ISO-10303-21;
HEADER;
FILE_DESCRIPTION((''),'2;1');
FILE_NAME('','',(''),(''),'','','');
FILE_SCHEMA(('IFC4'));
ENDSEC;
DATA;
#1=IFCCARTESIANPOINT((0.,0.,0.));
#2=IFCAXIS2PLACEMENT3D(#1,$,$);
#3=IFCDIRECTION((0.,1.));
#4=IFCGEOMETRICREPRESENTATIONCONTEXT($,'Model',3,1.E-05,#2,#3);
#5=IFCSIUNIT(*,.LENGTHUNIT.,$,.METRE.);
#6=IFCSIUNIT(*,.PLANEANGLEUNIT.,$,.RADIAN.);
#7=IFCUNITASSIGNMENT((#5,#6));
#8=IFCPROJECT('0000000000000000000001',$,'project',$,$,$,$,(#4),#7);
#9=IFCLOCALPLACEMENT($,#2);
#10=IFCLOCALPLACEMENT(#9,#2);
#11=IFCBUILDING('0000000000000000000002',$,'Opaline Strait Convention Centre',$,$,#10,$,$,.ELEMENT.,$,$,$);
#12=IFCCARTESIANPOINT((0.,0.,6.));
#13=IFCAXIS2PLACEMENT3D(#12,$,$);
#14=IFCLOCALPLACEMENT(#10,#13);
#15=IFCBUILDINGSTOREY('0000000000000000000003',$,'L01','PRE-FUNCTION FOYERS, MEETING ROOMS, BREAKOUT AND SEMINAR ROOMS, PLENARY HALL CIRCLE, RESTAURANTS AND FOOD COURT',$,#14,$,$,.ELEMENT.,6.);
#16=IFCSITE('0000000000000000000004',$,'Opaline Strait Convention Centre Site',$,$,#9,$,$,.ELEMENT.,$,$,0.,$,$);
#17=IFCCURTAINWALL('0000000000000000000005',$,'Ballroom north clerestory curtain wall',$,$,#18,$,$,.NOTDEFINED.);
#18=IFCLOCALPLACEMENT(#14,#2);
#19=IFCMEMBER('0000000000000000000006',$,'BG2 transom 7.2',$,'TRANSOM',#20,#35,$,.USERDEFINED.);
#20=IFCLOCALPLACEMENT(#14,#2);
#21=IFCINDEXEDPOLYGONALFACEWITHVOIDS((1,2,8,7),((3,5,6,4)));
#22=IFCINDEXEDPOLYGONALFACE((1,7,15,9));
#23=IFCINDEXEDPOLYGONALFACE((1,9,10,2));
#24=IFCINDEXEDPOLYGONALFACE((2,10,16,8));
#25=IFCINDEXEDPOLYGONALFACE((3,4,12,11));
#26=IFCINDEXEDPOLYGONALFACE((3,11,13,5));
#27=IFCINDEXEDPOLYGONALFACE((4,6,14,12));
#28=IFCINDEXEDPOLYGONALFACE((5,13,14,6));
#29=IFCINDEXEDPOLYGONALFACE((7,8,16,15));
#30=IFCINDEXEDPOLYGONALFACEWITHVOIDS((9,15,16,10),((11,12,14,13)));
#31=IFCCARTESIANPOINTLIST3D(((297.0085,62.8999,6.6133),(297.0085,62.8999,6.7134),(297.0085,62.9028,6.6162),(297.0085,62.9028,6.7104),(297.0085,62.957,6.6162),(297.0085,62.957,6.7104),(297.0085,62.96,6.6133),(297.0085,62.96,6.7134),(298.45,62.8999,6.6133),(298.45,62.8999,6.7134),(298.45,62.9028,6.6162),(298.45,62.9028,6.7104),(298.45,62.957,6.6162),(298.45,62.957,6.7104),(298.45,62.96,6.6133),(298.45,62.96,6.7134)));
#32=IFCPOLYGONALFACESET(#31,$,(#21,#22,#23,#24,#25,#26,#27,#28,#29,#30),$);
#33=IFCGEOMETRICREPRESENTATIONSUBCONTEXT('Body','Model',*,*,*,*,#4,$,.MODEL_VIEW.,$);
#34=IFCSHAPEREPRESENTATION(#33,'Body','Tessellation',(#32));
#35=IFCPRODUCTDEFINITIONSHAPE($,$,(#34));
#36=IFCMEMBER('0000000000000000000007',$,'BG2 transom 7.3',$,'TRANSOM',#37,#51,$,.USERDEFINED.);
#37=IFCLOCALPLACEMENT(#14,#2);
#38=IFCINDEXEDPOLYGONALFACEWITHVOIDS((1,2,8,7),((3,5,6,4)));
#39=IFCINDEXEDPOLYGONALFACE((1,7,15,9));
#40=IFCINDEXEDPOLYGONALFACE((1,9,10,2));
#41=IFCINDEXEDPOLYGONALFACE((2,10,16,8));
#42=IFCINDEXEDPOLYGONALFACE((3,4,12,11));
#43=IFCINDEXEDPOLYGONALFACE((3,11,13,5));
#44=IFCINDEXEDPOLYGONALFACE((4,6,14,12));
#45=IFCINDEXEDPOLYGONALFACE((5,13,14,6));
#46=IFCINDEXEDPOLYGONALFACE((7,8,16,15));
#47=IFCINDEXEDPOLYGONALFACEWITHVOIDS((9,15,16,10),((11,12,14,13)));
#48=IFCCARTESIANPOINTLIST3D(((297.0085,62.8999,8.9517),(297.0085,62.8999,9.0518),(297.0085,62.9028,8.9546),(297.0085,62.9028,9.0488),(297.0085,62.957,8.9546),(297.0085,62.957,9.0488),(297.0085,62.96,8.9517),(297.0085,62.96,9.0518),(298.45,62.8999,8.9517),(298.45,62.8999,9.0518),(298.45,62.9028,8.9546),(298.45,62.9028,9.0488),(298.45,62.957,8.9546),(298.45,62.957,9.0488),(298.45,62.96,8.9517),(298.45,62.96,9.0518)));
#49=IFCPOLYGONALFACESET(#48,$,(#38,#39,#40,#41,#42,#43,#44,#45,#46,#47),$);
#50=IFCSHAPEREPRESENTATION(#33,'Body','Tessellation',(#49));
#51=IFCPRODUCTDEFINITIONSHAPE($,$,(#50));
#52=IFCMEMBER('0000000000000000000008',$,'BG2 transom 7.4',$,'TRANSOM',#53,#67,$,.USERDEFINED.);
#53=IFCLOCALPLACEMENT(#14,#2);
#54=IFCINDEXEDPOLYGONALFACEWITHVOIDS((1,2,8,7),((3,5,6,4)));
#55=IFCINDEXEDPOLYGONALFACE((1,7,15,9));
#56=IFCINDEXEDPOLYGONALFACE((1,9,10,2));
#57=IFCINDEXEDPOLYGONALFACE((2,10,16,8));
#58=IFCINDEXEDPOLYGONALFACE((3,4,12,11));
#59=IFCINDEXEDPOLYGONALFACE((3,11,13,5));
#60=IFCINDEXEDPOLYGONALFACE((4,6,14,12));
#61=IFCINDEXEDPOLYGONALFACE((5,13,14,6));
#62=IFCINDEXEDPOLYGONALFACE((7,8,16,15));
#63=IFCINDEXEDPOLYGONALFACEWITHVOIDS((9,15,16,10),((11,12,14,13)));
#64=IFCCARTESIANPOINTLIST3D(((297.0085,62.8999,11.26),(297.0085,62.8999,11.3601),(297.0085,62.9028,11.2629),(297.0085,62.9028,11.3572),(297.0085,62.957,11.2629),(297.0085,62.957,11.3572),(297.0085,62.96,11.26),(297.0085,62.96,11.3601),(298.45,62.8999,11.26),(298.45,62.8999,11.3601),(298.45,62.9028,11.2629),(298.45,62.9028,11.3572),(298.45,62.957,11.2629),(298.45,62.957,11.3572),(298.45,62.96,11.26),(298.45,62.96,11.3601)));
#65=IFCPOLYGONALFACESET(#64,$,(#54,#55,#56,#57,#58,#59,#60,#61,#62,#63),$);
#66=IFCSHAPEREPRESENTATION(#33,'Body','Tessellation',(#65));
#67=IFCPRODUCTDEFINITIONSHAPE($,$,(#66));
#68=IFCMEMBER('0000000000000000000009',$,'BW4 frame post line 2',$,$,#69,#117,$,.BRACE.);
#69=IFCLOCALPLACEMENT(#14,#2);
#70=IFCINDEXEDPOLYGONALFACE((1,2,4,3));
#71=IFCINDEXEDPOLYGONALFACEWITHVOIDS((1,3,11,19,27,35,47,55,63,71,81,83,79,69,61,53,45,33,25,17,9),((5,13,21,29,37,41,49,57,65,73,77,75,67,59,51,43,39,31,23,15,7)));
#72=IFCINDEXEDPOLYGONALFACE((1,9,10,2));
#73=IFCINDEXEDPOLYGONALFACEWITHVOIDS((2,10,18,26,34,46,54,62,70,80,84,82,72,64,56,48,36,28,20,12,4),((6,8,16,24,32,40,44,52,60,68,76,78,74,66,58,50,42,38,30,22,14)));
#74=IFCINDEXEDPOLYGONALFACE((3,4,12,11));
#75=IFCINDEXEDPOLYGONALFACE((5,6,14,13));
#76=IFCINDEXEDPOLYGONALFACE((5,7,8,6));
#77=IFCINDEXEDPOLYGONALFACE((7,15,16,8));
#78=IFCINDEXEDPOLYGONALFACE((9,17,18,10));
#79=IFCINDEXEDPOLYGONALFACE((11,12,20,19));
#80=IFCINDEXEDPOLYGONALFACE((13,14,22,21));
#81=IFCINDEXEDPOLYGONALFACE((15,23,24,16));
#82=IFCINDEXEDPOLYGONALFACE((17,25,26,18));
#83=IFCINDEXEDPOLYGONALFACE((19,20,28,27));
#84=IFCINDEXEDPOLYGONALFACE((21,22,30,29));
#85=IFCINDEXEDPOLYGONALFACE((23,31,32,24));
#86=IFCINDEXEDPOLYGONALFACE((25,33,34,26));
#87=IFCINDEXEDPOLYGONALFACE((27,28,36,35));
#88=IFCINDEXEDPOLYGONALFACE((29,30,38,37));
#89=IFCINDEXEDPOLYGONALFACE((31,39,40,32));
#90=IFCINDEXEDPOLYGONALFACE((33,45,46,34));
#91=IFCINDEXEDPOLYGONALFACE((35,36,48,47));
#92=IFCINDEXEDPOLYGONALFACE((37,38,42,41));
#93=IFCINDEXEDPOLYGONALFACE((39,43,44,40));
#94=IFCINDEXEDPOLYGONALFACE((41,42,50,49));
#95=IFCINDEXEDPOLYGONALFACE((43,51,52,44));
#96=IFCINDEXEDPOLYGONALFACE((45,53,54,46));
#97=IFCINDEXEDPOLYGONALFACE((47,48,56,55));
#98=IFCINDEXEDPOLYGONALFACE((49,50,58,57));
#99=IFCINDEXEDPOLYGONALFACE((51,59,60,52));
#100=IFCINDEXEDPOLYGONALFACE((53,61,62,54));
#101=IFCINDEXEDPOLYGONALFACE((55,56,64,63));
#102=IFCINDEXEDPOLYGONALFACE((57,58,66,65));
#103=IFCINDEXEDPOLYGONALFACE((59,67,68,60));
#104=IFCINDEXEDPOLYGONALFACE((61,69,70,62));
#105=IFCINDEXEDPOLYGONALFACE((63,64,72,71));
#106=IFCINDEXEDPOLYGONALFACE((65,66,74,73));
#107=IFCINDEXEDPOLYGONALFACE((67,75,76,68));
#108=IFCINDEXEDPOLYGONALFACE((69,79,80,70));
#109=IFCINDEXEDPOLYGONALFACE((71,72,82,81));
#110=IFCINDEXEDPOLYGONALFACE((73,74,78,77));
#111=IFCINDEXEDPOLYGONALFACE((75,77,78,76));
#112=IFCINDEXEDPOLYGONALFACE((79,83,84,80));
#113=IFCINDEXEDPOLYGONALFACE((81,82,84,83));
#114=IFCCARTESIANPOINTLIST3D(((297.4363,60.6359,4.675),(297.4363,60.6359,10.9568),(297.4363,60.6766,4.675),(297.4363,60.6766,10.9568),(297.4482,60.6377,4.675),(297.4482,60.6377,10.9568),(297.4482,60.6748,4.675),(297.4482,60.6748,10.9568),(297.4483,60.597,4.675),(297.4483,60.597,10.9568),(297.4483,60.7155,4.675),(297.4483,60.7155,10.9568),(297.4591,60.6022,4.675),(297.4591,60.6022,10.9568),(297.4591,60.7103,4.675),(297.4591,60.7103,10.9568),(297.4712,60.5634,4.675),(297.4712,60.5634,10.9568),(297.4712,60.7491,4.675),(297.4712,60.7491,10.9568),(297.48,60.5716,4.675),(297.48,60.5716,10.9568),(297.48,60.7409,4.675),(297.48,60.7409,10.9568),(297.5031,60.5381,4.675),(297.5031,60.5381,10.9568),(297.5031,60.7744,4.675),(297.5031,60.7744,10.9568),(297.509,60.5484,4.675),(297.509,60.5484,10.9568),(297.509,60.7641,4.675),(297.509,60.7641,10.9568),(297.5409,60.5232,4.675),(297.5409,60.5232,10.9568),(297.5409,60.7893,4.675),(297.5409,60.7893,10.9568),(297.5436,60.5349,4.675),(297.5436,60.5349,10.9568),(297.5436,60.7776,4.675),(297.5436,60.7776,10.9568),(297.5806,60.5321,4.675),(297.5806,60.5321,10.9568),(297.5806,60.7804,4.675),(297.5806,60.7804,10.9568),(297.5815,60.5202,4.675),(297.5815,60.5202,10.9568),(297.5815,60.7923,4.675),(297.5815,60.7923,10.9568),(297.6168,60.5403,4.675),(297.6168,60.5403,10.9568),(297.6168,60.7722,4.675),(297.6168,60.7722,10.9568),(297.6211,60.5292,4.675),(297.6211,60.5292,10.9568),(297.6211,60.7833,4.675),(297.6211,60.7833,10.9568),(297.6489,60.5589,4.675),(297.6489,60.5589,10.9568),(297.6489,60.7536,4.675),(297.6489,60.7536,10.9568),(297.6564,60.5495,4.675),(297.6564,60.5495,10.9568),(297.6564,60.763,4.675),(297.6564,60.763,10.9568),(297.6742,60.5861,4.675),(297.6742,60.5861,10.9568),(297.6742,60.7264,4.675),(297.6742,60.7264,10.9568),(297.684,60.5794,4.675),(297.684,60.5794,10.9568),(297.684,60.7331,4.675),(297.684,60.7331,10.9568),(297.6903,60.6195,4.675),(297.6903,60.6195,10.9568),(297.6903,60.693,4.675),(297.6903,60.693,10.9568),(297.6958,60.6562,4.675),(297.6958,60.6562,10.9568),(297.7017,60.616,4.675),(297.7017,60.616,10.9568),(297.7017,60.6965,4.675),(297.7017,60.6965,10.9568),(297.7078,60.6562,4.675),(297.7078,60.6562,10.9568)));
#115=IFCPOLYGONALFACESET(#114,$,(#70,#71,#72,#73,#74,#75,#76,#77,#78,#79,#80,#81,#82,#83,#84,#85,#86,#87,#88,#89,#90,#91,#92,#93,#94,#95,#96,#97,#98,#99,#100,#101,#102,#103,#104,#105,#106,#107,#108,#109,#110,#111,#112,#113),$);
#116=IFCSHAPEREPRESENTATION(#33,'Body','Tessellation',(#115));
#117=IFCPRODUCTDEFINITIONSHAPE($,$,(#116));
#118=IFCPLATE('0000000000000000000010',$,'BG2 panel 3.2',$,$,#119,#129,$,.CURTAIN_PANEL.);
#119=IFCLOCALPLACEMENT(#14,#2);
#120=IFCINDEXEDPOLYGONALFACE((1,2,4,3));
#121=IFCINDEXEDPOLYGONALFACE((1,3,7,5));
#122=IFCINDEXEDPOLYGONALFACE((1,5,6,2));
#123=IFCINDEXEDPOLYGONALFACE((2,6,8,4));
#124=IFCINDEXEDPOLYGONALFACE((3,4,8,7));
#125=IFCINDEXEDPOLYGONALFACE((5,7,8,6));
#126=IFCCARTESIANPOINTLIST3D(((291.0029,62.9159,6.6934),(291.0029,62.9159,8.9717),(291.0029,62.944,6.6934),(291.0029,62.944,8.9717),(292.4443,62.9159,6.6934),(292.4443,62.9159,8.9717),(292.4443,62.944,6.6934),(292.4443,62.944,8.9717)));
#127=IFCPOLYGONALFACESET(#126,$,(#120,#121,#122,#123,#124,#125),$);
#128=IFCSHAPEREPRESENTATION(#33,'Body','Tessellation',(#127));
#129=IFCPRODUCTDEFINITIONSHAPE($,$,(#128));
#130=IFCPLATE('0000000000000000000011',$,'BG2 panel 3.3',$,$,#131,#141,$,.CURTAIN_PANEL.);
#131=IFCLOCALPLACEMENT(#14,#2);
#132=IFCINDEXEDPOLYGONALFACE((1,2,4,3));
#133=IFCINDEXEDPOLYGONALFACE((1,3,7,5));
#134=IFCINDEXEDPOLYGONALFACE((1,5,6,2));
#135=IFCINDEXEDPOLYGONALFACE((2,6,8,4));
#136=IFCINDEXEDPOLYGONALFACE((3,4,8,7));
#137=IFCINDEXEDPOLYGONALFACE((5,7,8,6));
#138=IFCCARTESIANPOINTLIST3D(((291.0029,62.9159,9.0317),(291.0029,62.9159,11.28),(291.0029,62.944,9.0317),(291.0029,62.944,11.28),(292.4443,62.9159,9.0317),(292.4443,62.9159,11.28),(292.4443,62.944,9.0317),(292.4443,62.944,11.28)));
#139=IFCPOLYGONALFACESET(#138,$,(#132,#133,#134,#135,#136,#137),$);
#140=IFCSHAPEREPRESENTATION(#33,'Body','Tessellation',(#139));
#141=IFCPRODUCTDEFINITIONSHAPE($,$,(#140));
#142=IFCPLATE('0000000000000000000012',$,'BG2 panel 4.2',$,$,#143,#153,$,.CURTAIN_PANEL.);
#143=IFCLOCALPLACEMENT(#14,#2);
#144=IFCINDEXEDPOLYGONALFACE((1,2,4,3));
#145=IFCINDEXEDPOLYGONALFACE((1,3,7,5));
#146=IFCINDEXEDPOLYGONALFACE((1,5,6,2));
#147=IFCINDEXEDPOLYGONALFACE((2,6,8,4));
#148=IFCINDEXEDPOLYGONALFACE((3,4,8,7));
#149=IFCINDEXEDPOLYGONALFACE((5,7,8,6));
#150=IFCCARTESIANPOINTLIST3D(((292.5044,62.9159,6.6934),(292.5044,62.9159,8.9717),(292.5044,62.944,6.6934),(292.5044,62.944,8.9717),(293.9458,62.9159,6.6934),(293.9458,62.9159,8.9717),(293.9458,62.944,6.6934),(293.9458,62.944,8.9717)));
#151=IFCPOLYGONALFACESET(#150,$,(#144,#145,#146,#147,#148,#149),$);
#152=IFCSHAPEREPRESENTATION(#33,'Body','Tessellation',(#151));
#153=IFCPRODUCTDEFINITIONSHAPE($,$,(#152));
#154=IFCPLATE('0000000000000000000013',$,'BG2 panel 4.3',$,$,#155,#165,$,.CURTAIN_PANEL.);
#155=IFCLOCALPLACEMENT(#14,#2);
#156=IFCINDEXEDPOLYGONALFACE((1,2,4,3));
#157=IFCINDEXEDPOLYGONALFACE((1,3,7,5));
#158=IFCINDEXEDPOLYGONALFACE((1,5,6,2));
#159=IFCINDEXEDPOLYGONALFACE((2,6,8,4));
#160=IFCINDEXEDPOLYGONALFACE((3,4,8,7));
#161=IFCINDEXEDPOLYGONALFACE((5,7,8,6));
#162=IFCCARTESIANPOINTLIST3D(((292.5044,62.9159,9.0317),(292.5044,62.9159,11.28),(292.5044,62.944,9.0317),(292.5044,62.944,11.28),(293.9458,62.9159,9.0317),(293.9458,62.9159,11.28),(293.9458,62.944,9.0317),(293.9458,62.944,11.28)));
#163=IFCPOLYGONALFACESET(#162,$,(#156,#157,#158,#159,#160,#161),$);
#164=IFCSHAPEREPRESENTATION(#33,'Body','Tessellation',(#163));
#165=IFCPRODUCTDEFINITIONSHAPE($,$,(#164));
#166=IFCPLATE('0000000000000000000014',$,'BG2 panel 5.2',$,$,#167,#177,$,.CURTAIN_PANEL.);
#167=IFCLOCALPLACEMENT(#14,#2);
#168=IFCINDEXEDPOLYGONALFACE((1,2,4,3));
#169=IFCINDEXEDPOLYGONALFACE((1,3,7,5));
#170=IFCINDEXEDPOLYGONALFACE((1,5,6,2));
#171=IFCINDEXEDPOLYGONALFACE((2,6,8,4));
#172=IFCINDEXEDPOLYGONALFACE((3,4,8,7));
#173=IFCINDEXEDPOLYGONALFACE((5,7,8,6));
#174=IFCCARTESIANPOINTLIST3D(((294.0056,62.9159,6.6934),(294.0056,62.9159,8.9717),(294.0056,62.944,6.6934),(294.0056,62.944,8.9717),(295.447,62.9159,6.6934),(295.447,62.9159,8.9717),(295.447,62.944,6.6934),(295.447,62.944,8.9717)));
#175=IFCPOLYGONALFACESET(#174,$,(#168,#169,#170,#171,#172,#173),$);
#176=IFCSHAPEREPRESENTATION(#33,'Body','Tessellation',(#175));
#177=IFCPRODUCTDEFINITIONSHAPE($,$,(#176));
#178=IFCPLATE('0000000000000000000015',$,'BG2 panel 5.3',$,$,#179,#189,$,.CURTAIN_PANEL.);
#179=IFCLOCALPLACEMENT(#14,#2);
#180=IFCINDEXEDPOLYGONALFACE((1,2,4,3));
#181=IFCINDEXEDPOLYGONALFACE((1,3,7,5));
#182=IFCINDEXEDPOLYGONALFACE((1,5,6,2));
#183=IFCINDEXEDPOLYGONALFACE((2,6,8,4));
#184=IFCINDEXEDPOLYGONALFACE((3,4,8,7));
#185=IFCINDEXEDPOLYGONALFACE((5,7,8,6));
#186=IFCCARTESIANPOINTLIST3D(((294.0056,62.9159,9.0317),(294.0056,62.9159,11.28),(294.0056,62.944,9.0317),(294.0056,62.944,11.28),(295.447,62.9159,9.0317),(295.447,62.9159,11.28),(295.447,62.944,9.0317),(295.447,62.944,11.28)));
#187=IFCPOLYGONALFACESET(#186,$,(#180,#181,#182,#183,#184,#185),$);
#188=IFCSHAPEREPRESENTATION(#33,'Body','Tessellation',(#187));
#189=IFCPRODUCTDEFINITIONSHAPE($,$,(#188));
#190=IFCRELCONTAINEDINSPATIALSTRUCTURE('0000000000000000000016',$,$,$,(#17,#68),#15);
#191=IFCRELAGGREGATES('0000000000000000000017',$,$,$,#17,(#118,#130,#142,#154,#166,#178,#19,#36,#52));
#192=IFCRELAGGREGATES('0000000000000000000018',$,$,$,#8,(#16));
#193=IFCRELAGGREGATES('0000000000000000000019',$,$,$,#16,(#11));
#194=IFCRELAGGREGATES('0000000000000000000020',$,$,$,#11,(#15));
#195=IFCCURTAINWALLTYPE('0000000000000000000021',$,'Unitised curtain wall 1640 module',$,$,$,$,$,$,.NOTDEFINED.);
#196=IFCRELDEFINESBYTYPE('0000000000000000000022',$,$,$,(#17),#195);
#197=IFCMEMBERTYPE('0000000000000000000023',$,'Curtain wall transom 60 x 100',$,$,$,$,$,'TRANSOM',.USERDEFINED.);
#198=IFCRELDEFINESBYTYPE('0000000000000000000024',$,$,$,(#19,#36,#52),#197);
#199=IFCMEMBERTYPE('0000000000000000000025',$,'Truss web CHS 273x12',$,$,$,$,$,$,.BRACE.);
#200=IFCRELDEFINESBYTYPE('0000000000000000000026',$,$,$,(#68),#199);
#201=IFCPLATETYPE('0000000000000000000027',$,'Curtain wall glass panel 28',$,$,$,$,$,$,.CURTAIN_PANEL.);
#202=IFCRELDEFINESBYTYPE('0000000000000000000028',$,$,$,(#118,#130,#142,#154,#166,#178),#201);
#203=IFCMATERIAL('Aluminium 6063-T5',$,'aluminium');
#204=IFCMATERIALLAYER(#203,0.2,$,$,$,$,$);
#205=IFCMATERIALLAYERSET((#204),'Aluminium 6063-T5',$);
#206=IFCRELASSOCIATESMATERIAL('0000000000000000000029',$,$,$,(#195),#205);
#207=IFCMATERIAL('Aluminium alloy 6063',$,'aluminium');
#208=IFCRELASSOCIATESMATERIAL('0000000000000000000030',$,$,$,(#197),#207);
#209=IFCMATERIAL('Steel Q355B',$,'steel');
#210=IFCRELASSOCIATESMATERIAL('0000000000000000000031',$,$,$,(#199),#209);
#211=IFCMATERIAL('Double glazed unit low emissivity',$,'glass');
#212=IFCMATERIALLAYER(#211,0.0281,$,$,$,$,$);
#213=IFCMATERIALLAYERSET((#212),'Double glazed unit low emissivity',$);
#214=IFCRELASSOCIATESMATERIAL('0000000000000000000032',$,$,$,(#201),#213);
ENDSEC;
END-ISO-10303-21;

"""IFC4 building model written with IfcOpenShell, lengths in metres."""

from ifc_helpers import new_model, si_unit, direction, frame, origin, origin_2d, place, context, subcontext, project, spatial, rectangle, hollow_rectangle, hollow_circle, extrude, material, layer, layer_set, material_profile, profile_set, type_object, element, aggregate, save


model = new_model("IFC4")

# Units and contexts
model_context = context("Model", 3, precision=1e-05, world=origin(), true_north=direction((0.0, 1.0)))
body_context = subcontext(model_context, "Body", "Model", "MODEL_VIEW")
ifc_project = project(units=[si_unit("LENGTHUNIT", "METRE"), si_unit("PLANEANGLEUNIT", "RADIAN")], contexts=[model_context])

# Site, building, storey
site_placement = place(None, origin())
site = spatial("IfcSite", under=ifc_project, at=site_placement, Name="Opaline Strait Convention Centre Site", CompositionType="ELEMENT", RefElevation=0.0)
building_placement = place(site_placement, origin())
building = spatial("IfcBuilding", under=site, at=building_placement, Name="Opaline Strait Convention Centre", CompositionType="ELEMENT")
storey_placement = place(building_placement, frame((0.0, 0.0, 6.0)))
storey = spatial("IfcBuildingStorey", under=building, at=storey_placement, Name="L01", Description="PRE-FUNCTION FOYERS, MEETING ROOMS, BREAKOUT AND SEMINAR ROOMS, PLENARY HALL CIRCLE, RESTAURANTS AND FOOD COURT", CompositionType="ELEMENT", Elevation=6.0)

# Curtain wall, members
ifc_material_1 = material(Name="Aluminium 6063-T5", Category="aluminium")
ifc_layer_1 = layer(ifc_material_1, 0.2)
ifc_layer_set_1 = layer_set([ifc_layer_1], Name="Aluminium 6063-T5")
curtain_wall_type = type_object("IfcCurtainWallType", Name="Unitised curtain wall 1640 module", PredefinedType="NOTDEFINED", material=ifc_layer_set_1)
curtain_wall_placement = place(storey_placement, origin())
curtain_wall = element("IfcCurtainWall", 1, at=curtain_wall_placement, inside=storey, type_object=curtain_wall_type, Name="Ballroom north clerestory curtain wall", PredefinedType="NOTDEFINED")
ifc_material_2 = material(Name="Aluminium alloy 6063", Category="aluminium")
ifc_material_profile_1 = material_profile(ifc_material_2, hollow_rectangle(XDim=0.0601, YDim=0.1001, WallThickness=0.0029, at=origin_2d()), Name="TRANSOM 60x100x3")
ifc_profile_set_1 = profile_set([ifc_material_profile_1], Name="Aluminium alloy 6063")
member_type_1 = type_object("IfcMemberType", Name="Curtain wall transom 60 x 100", ElementType="TRANSOM", PredefinedType="USERDEFINED", material=ifc_profile_set_1)
member_1_placement = place(storey_placement, frame((297.0085, 62.9299, 6.6633), z_axis=(1.0, 0.0, 0.0), x_axis=(0.0, 1.0, 0.0)))
member_1 = element("IfcMember", 2, at=member_1_placement, type_object=member_type_1, Name="BG2 transom 7.2", ObjectType="TRANSOM", PredefinedType="USERDEFINED", context=body_context, shape_type="SweptSolid", body=[
    extrude(hollow_rectangle(XDim=0.0601, YDim=0.1001, WallThickness=0.0029, at=origin_2d()), origin(), (0.0, 0.0, 1.0), 1.4414),
])
member_2_placement = place(storey_placement, frame((297.0085, 62.9299, 9.0017), z_axis=(1.0, 0.0, 0.0), x_axis=(0.0, 1.0, 0.0)))
member_2 = element("IfcMember", 3, at=member_2_placement, type_object=member_type_1, Name="BG2 transom 7.3", ObjectType="TRANSOM", PredefinedType="USERDEFINED", context=body_context, shape_type="SweptSolid", body=[
    extrude(hollow_rectangle(XDim=0.0601, YDim=0.1001, WallThickness=0.0029, at=origin_2d()), origin(), (0.0, 0.0, 1.0), 1.4414),
])
member_3_placement = place(storey_placement, frame((297.0085, 62.9299, 11.3101), z_axis=(1.0, 0.0, 0.0), x_axis=(0.0, 1.0, 0.0)))
member_3 = element("IfcMember", 4, at=member_3_placement, type_object=member_type_1, Name="BG2 transom 7.4", ObjectType="TRANSOM", PredefinedType="USERDEFINED", context=body_context, shape_type="SweptSolid", body=[
    extrude(hollow_rectangle(XDim=0.0601, YDim=0.1001, WallThickness=0.0029, at=origin_2d()), origin(), (0.0, 0.0, 1.0), 1.4414),
])

# Member
ifc_material_3 = material(Name="Steel Q355B", Category="steel")
ifc_material_profile_2 = material_profile(ifc_material_3, hollow_circle(Radius=0.1365, WallThickness=0.012, at=origin_2d()), Name="CHS 273x12")
ifc_profile_set_2 = profile_set([ifc_material_profile_2], Name="Steel Q355B")
member_type_2 = type_object("IfcMemberType", Name="Truss web CHS 273x12", PredefinedType="BRACE", material=ifc_profile_set_2)
member_4_placement = place(storey_placement, frame((297.5713, 60.6562, 4.675), z_axis=(0.0, 0.0, 1.0), x_axis=(1.0, 0.0, 0.0)))
element("IfcMember", 5, at=member_4_placement, inside=storey, type_object=member_type_2, Name="BW4 frame post line 2", PredefinedType="BRACE", context=body_context, shape_type="SweptSolid", body=[
    extrude(hollow_circle(Radius=0.1365, WallThickness=0.012, at=origin_2d()), origin(), (0.0, 0.0, 1.0), 6.2817),
])

# Plates
ifc_material_4 = material(Name="Double glazed unit low emissivity", Category="glass")
ifc_layer_2 = layer(ifc_material_4, 0.0281)
ifc_layer_set_2 = layer_set([ifc_layer_2], Name="Double glazed unit low emissivity")
plate_type = type_object("IfcPlateType", Name="Curtain wall glass panel 28", PredefinedType="CURTAIN_PANEL", material=ifc_layer_set_2)
plate_1_placement = place(storey_placement, frame((291.7236, 62.9299, 6.6934), z_axis=(0.0, 0.0, 1.0), x_axis=(1.0, 0.0, 0.0)))
plate_1 = element("IfcPlate", 6, at=plate_1_placement, type_object=plate_type, Name="BG2 panel 3.2", PredefinedType="CURTAIN_PANEL", context=body_context, shape_type="SweptSolid", body=[
    extrude(rectangle(XDim=1.4414, YDim=0.0281, at=origin_2d()), origin(), (0.0, 0.0, 1.0), 2.2783),
])
plate_2_placement = place(storey_placement, frame((291.7236, 62.9299, 9.0317), z_axis=(0.0, 0.0, 1.0), x_axis=(1.0, 0.0, 0.0)))
plate_2 = element("IfcPlate", 7, at=plate_2_placement, type_object=plate_type, Name="BG2 panel 3.3", PredefinedType="CURTAIN_PANEL", context=body_context, shape_type="SweptSolid", body=[
    extrude(rectangle(XDim=1.4414, YDim=0.0281, at=origin_2d()), origin(), (0.0, 0.0, 1.0), 2.2483),
])
plate_3_placement = place(storey_placement, frame((293.2251, 62.9299, 6.6934), z_axis=(0.0, 0.0, 1.0), x_axis=(1.0, 0.0, 0.0)))
plate_3 = element("IfcPlate", 8, at=plate_3_placement, type_object=plate_type, Name="BG2 panel 4.2", PredefinedType="CURTAIN_PANEL", context=body_context, shape_type="SweptSolid", body=[
    extrude(rectangle(XDim=1.4414, YDim=0.0281, at=origin_2d()), origin(), (0.0, 0.0, 1.0), 2.2783),
])
plate_4_placement = place(storey_placement, frame((293.2251, 62.9299, 9.0317), z_axis=(0.0, 0.0, 1.0), x_axis=(1.0, 0.0, 0.0)))
plate_4 = element("IfcPlate", 9, at=plate_4_placement, type_object=plate_type, Name="BG2 panel 4.3", PredefinedType="CURTAIN_PANEL", context=body_context, shape_type="SweptSolid", body=[
    extrude(rectangle(XDim=1.4414, YDim=0.0281, at=origin_2d()), origin(), (0.0, 0.0, 1.0), 2.2483),
])
plate_5_placement = place(storey_placement, frame((294.7263, 62.9299, 6.6934), z_axis=(0.0, 0.0, 1.0), x_axis=(1.0, 0.0, 0.0)))
plate_5 = element("IfcPlate", 10, at=plate_5_placement, type_object=plate_type, Name="BG2 panel 5.2", PredefinedType="CURTAIN_PANEL", context=body_context, shape_type="SweptSolid", body=[
    extrude(rectangle(XDim=1.4414, YDim=0.0281, at=origin_2d()), origin(), (0.0, 0.0, 1.0), 2.2783),
])
plate_6_placement = place(storey_placement, frame((294.7263, 62.9299, 9.0317), z_axis=(0.0, 0.0, 1.0), x_axis=(1.0, 0.0, 0.0)))
plate_6 = element("IfcPlate", 11, at=plate_6_placement, type_object=plate_type, Name="BG2 panel 5.3", PredefinedType="CURTAIN_PANEL", context=body_context, shape_type="SweptSolid", body=[
    extrude(rectangle(XDim=1.4414, YDim=0.0281, at=origin_2d()), origin(), (0.0, 0.0, 1.0), 2.2483),
])
aggregate(curtain_wall, [plate_1, plate_2, plate_3, plate_4, plate_5, plate_6, member_1, member_2, member_3])

save(model, "model.ifc")
